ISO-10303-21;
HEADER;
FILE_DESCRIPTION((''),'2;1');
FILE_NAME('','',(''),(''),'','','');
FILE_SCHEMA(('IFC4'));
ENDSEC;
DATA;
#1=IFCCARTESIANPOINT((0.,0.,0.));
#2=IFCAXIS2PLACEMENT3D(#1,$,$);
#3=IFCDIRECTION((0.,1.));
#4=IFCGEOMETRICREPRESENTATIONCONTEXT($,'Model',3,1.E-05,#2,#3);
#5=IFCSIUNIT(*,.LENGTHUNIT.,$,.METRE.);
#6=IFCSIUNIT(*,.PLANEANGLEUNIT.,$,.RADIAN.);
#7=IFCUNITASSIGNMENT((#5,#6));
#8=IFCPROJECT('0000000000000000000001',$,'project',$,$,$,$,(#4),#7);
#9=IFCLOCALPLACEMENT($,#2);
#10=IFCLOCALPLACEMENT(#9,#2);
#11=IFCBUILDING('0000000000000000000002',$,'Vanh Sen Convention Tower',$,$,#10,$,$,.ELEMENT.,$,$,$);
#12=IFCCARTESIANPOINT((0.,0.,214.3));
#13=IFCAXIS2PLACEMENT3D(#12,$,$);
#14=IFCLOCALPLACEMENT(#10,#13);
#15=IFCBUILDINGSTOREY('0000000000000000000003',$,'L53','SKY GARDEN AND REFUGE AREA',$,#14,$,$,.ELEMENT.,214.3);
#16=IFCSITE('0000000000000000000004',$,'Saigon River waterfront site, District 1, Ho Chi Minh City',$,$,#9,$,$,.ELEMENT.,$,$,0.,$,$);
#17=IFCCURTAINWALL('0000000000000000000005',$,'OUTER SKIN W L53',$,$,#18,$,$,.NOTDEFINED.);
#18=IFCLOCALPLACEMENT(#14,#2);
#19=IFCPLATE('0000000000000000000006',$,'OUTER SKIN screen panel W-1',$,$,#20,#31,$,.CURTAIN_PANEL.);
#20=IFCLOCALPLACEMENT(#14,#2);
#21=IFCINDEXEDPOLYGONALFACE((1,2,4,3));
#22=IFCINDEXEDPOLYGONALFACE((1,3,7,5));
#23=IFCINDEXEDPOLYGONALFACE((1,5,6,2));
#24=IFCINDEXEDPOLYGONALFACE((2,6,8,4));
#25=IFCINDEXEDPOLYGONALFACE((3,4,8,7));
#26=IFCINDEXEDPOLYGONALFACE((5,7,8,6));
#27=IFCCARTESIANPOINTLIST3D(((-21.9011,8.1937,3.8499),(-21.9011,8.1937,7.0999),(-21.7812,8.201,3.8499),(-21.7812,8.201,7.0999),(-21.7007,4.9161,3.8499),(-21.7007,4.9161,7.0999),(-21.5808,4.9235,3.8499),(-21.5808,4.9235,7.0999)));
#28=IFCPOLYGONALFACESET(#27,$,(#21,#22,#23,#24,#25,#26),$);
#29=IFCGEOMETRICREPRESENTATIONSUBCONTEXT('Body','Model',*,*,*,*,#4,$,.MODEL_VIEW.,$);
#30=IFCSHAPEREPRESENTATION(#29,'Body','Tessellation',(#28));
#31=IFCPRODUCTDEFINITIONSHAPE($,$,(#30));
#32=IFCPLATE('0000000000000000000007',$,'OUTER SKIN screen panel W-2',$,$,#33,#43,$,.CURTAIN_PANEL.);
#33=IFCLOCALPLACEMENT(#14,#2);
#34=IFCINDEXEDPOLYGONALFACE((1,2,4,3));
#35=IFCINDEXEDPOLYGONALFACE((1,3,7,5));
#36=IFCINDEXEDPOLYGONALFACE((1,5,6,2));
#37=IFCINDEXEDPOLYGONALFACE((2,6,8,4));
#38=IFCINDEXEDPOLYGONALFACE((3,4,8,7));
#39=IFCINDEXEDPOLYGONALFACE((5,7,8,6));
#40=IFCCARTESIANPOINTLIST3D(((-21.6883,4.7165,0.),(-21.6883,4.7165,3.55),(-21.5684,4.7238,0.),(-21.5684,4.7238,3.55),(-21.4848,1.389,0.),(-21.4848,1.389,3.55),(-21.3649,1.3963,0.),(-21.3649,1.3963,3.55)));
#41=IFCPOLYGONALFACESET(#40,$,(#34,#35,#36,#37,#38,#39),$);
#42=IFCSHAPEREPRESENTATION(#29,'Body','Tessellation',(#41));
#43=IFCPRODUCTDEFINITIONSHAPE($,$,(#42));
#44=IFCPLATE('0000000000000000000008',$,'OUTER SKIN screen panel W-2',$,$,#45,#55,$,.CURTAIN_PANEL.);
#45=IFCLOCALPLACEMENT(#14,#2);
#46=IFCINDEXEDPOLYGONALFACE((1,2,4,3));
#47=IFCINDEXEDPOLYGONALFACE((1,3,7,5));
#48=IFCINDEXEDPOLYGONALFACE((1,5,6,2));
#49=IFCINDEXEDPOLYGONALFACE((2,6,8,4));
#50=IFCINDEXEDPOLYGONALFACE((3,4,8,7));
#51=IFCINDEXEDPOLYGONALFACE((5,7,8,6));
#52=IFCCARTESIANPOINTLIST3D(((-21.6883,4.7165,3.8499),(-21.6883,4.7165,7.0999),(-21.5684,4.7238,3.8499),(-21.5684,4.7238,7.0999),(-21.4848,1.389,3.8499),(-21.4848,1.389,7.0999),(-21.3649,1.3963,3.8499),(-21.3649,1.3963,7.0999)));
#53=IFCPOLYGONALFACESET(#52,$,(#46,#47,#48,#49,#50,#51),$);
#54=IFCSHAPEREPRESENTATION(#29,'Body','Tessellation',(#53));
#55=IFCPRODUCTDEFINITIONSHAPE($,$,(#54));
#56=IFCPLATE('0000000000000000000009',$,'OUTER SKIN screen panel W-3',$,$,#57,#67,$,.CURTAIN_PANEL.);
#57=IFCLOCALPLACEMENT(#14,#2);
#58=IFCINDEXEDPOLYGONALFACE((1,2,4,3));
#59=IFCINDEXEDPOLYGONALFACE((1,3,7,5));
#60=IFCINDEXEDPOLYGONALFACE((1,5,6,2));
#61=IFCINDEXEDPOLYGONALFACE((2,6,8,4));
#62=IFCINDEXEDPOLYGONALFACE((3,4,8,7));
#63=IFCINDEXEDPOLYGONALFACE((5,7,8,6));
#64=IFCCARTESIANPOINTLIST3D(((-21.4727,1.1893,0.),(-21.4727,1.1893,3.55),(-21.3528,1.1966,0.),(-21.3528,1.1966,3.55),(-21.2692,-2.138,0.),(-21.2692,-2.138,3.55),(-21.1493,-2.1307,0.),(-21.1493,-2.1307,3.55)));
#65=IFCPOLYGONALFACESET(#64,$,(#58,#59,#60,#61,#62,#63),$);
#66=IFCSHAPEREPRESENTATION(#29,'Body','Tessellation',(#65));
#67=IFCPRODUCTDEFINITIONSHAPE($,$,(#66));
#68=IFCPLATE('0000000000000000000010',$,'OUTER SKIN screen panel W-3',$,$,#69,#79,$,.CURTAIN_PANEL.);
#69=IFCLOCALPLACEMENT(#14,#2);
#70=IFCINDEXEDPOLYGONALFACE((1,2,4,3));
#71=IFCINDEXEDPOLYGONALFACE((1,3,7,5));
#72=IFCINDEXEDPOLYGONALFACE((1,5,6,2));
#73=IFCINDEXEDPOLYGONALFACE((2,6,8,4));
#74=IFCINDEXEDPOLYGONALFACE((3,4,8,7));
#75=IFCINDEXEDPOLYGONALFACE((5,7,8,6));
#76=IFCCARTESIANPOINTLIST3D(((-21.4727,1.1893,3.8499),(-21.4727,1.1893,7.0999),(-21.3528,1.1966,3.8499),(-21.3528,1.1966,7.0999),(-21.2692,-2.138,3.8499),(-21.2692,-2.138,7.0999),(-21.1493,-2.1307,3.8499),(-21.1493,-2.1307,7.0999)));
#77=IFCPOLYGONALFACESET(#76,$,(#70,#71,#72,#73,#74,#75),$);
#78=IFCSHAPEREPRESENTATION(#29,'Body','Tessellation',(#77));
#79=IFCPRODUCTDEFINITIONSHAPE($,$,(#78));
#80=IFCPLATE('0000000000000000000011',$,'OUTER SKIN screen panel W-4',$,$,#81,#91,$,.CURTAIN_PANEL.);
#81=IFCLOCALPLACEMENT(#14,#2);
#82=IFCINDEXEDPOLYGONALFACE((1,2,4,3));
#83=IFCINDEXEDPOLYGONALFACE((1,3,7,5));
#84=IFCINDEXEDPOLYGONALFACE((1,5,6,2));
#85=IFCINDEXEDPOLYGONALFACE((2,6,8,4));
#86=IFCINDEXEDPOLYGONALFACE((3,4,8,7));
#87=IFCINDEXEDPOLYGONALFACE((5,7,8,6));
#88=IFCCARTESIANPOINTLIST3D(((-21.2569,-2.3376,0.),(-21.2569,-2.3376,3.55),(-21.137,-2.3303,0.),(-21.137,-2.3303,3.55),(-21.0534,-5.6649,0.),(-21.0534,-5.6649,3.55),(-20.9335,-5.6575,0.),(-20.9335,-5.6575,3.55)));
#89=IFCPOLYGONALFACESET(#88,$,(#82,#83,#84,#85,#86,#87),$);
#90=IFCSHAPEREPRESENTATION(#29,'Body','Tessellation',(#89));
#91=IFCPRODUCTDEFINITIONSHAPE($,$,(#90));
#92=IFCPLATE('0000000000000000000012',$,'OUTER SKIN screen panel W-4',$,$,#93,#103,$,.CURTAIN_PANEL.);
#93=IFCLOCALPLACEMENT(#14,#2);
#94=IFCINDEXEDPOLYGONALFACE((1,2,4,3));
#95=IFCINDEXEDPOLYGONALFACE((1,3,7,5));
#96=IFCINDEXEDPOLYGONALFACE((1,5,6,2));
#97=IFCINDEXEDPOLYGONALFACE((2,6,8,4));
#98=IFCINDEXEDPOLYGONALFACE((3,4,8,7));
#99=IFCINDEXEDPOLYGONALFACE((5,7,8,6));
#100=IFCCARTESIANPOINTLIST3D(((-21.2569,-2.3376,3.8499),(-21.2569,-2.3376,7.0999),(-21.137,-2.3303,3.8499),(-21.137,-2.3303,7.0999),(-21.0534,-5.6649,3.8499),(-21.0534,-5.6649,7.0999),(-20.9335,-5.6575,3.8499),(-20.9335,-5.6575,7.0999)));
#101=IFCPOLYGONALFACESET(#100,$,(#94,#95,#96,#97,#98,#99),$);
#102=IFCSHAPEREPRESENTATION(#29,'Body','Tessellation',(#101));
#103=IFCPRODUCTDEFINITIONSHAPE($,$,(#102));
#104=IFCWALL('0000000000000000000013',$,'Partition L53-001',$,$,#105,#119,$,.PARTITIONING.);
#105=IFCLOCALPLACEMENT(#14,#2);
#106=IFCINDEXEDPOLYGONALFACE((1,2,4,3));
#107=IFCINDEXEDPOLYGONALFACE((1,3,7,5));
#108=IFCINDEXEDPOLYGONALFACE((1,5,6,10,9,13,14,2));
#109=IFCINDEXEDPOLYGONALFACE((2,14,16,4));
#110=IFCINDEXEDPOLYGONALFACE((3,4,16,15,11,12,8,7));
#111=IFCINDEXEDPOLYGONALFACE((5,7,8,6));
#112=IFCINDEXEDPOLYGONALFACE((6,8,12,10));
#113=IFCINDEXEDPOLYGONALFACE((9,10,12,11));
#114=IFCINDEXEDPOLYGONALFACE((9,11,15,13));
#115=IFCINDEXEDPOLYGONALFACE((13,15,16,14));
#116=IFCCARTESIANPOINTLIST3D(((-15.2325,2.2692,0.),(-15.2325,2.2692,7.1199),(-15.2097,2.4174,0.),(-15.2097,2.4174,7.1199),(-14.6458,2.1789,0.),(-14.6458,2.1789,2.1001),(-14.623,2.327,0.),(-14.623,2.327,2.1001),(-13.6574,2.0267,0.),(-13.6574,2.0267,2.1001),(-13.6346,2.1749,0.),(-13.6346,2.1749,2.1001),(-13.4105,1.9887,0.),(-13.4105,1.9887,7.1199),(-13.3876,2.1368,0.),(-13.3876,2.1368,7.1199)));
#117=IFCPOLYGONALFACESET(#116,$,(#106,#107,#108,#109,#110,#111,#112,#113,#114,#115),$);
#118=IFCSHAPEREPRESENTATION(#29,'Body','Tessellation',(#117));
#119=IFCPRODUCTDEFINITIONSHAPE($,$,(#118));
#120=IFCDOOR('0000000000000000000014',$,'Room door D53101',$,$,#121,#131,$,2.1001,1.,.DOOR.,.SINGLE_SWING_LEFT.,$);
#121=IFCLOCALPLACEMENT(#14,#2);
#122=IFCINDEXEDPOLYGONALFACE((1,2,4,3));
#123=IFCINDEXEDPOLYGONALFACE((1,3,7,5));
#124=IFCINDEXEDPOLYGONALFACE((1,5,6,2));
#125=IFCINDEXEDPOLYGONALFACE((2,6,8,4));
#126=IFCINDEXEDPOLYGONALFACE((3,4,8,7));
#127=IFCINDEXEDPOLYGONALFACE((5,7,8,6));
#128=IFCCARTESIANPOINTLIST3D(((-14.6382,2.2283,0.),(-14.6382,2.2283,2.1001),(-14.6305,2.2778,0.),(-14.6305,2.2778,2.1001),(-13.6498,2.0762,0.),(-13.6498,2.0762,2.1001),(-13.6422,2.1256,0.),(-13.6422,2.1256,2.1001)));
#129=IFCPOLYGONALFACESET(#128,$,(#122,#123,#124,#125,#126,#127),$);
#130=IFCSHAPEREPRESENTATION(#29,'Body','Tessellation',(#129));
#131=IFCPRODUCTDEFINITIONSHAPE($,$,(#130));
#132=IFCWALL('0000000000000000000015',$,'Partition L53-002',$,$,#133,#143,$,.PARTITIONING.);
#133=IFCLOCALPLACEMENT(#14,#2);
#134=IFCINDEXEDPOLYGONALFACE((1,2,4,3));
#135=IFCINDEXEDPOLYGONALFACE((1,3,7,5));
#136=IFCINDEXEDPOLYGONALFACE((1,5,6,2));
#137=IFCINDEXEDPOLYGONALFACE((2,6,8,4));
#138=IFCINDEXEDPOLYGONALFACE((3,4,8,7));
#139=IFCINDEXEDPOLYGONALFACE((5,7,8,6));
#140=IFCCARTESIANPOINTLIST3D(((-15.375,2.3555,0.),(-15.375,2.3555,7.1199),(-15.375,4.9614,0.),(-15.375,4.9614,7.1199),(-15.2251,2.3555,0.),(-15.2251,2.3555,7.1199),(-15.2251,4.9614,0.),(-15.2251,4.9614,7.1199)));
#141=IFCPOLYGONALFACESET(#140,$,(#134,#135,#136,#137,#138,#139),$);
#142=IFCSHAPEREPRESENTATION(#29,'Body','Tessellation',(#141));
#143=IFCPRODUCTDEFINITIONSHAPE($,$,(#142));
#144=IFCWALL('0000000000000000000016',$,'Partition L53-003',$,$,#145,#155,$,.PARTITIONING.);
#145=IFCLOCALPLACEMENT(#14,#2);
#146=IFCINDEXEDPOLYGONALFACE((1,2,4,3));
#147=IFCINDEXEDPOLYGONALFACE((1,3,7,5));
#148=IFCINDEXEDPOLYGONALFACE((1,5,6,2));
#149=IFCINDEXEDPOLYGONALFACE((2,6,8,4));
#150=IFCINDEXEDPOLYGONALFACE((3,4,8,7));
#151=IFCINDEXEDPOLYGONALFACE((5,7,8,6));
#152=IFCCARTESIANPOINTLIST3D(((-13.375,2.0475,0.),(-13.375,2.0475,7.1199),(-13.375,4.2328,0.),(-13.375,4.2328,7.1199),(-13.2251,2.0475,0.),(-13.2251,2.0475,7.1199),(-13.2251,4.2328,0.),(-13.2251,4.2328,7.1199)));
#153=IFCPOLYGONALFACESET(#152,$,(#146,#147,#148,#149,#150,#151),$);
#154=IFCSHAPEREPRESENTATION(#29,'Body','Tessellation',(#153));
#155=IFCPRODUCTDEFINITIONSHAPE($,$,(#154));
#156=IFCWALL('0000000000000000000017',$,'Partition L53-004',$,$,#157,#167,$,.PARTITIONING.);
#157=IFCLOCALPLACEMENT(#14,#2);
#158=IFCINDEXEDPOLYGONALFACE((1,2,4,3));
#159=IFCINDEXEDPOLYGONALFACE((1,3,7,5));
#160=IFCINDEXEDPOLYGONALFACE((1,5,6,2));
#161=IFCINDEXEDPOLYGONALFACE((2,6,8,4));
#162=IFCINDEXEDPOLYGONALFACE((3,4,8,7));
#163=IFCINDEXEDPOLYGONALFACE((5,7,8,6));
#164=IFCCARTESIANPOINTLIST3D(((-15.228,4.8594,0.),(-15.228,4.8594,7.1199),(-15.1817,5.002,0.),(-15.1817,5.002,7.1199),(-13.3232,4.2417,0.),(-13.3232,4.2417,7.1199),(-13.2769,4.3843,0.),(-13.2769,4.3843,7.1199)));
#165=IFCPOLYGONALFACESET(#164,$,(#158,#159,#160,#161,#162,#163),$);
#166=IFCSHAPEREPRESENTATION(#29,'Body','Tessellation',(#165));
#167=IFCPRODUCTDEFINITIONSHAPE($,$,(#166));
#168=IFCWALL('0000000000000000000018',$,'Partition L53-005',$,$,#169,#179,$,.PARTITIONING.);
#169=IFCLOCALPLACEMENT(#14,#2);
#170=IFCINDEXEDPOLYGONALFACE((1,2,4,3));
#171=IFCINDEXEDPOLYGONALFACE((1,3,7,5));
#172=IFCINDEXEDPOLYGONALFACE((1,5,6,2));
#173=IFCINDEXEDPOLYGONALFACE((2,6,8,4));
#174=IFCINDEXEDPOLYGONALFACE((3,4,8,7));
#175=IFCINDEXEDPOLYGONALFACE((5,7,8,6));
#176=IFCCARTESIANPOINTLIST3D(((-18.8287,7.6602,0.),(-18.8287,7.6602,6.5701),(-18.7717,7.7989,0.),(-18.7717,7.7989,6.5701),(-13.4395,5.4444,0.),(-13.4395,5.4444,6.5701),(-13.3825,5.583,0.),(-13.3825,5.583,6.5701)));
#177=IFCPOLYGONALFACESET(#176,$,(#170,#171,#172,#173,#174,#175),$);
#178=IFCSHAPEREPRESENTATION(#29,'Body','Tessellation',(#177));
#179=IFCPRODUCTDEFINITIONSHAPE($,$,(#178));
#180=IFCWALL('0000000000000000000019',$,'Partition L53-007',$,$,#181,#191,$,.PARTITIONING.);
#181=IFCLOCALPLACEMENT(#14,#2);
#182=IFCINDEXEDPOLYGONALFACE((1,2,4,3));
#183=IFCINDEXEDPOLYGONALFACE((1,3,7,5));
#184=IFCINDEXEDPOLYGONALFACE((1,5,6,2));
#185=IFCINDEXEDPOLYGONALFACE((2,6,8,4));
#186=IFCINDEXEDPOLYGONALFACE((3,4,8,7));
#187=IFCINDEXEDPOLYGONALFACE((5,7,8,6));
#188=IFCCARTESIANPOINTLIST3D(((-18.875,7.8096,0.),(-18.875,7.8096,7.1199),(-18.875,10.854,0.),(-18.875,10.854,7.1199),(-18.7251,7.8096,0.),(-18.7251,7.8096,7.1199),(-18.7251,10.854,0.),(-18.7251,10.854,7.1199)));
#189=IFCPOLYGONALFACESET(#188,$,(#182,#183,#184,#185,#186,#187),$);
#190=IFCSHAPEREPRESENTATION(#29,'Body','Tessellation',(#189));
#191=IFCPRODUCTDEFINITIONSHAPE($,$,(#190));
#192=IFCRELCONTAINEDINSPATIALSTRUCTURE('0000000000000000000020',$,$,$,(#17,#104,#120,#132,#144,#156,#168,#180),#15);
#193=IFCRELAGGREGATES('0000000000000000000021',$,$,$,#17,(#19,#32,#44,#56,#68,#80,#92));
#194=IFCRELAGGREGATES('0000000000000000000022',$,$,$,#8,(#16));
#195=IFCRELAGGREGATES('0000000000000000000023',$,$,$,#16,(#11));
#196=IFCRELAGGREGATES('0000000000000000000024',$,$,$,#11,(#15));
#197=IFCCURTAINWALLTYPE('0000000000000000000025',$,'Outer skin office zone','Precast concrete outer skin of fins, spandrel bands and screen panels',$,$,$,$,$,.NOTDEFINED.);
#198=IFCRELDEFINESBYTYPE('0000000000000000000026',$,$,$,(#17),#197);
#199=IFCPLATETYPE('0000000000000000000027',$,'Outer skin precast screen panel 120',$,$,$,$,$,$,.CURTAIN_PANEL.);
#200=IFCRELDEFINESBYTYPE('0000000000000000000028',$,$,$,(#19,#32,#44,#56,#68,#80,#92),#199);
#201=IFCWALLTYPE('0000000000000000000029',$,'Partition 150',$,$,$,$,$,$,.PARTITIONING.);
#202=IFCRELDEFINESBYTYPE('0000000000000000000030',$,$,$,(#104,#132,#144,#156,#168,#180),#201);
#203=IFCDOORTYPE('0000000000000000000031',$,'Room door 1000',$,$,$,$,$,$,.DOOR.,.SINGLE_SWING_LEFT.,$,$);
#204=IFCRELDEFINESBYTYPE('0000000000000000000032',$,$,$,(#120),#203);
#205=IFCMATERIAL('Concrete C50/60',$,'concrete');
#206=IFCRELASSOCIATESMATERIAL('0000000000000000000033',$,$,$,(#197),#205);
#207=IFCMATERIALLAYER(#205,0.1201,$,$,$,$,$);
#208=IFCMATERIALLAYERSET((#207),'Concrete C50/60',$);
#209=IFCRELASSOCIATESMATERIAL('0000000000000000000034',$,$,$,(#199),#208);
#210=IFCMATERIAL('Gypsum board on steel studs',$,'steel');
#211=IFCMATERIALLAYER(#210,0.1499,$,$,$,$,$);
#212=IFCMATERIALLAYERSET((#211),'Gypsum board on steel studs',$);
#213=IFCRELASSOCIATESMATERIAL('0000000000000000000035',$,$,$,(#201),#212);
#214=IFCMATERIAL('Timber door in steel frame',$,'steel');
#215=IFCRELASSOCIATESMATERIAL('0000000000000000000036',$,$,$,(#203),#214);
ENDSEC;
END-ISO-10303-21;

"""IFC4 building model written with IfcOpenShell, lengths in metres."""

from ifc_helpers import new_model, si_unit, direction, frame, frame_2d, origin, origin_2d, place, context, subcontext, project, spatial, rectangle, extrude, material, layer, layer_set, type_object, element, fill, aggregate, save


model = new_model("IFC4")

# Units and contexts
model_context = context("Model", 3, precision=1e-05, world=origin(), true_north=direction((0.0, 1.0)))
body_context = subcontext(model_context, "Body", "Model", "MODEL_VIEW")
ifc_project = project(units=[si_unit("LENGTHUNIT", "METRE"), si_unit("PLANEANGLEUNIT", "RADIAN")], contexts=[model_context])

# Site, building, storey
site_placement = place(None, origin())
site = spatial("IfcSite", under=ifc_project, at=site_placement, Name="Saigon River waterfront site, District 1, Ho Chi Minh City", CompositionType="ELEMENT", RefElevation=0.0)
building_placement = place(site_placement, origin())
building = spatial("IfcBuilding", under=site, at=building_placement, Name="Vanh Sen Convention Tower", CompositionType="ELEMENT")
storey_placement = place(building_placement, frame((0.0, 0.0, 214.3)))
storey = spatial("IfcBuildingStorey", under=building, at=storey_placement, Name="L53", Description="SKY GARDEN AND REFUGE AREA", CompositionType="ELEMENT", Elevation=214.3)

# Curtain wall
ifc_material_1 = material(Name="Concrete C50/60", Category="concrete")
curtain_wall_type = type_object("IfcCurtainWallType", Name="Outer skin office zone", Description="Precast concrete outer skin of fins, spandrel bands and screen panels", PredefinedType="NOTDEFINED", material=ifc_material_1)
curtain_wall_placement = place(storey_placement, origin())
curtain_wall = element("IfcCurtainWall", 1, at=curtain_wall_placement, inside=storey, type_object=curtain_wall_type, Name="OUTER SKIN W L53", PredefinedType="NOTDEFINED")

# Plates
ifc_layer_1 = layer(ifc_material_1, 0.1201)
ifc_layer_set_1 = layer_set([ifc_layer_1], Name="Concrete C50/60")
plate_type = type_object("IfcPlateType", Name="Outer skin precast screen panel 120", PredefinedType="CURTAIN_PANEL", material=ifc_layer_set_1)
plate_1_placement = place(storey_placement, frame((-21.741, 6.5586, 3.8499), z_axis=(0.0, 0.0, 1.0), x_axis=(0.061043, -0.998135, 0.0)))
plate_1 = element("IfcPlate", 2, at=plate_1_placement, type_object=plate_type, Name="OUTER SKIN screen panel W-1", PredefinedType="CURTAIN_PANEL", context=body_context, shape_type="SweptSolid", body=[
    extrude(rectangle(XDim=3.2837, YDim=0.1201, at=origin_2d()), origin(), (0.0, 0.0, 1.0), 3.25),
])
plate_2_placement = place(storey_placement, frame((-21.5266, 3.0564, 0.0), z_axis=(0.0, 0.0, 1.0), x_axis=(0.061042, -0.998135, 0.0)))
plate_2 = element("IfcPlate", 3, at=plate_2_placement, type_object=plate_type, Name="OUTER SKIN screen panel W-2", PredefinedType="CURTAIN_PANEL", context=body_context, shape_type="SweptSolid", body=[
    extrude(rectangle(XDim=3.3337, YDim=0.1201, at=origin_2d()), origin(), (0.0, 0.0, 1.0), 3.55),
])
plate_3_placement = place(storey_placement, frame((-21.5266, 3.0564, 3.8499), z_axis=(0.0, 0.0, 1.0), x_axis=(0.061042, -0.998135, 0.0)))
plate_3 = element("IfcPlate", 4, at=plate_3_placement, type_object=plate_type, Name="OUTER SKIN screen panel W-2", PredefinedType="CURTAIN_PANEL", context=body_context, shape_type="SweptSolid", body=[
    extrude(rectangle(XDim=3.3337, YDim=0.1201, at=origin_2d()), origin(), (0.0, 0.0, 1.0), 3.25),
])
plate_4_placement = place(storey_placement, frame((-21.311, -0.4707, 0.0), z_axis=(0.0, 0.0, 1.0), x_axis=(0.061043, -0.998135, 0.0)))
plate_4 = element("IfcPlate", 5, at=plate_4_placement, type_object=plate_type, Name="OUTER SKIN screen panel W-3", PredefinedType="CURTAIN_PANEL", context=body_context, shape_type="SweptSolid", body=[
    extrude(rectangle(XDim=3.3335, YDim=0.1201, at=origin_2d()), origin(), (0.0, 0.0, 1.0), 3.55),
])
plate_5_placement = place(storey_placement, frame((-21.311, -0.4707, 3.8499), z_axis=(0.0, 0.0, 1.0), x_axis=(0.061043, -0.998135, 0.0)))
plate_5 = element("IfcPlate", 6, at=plate_5_placement, type_object=plate_type, Name="OUTER SKIN screen panel W-3", PredefinedType="CURTAIN_PANEL", context=body_context, shape_type="SweptSolid", body=[
    extrude(rectangle(XDim=3.3335, YDim=0.1201, at=origin_2d()), origin(), (0.0, 0.0, 1.0), 3.25),
])
plate_6_placement = place(storey_placement, frame((-21.0952, -3.9976, 0.0), z_axis=(0.0, 0.0, 1.0), x_axis=(0.061043, -0.998135, 0.0)))
plate_6 = element("IfcPlate", 7, at=plate_6_placement, type_object=plate_type, Name="OUTER SKIN screen panel W-4", PredefinedType="CURTAIN_PANEL", context=body_context, shape_type="SweptSolid", body=[
    extrude(rectangle(XDim=3.3335, YDim=0.1201, at=origin_2d()), origin(), (0.0, 0.0, 1.0), 3.55),
])
plate_7_placement = place(storey_placement, frame((-21.0952, -3.9976, 3.8499), z_axis=(0.0, 0.0, 1.0), x_axis=(0.061043, -0.998135, 0.0)))
plate_7 = element("IfcPlate", 8, at=plate_7_placement, type_object=plate_type, Name="OUTER SKIN screen panel W-4", PredefinedType="CURTAIN_PANEL", context=body_context, shape_type="SweptSolid", body=[
    extrude(rectangle(XDim=3.3335, YDim=0.1201, at=origin_2d()), origin(), (0.0, 0.0, 1.0), 3.25),
])
aggregate(curtain_wall, [plate_1, plate_2, plate_3, plate_4, plate_5, plate_6, plate_7])

# Wall, opening, door
ifc_material_2 = material(Name="Gypsum board on steel studs", Category="steel")
ifc_layer_2 = layer(ifc_material_2, 0.1499)
ifc_layer_set_2 = layer_set([ifc_layer_2], Name="Gypsum board on steel studs")
wall_type = type_object("IfcWallType", Name="Partition 150", PredefinedType="PARTITIONING", material=ifc_layer_set_2)
wall_1_placement = place(storey_placement, frame((-13.3989, 2.0627, 0.0), z_axis=(0.0, 0.0, 1.0), x_axis=(-0.988355, 0.152167, 0.0)))
wall_1 = element("IfcWall", 9, at=wall_1_placement, inside=storey, type_object=wall_type, Name="Partition L53-001", PredefinedType="PARTITIONING", context=body_context, shape_type="SweptSolid", body=[
    extrude(rectangle(XDim=1.8435, YDim=0.1499, at=frame_2d((0.9219, 0.0))), origin(), (0.0, 0.0, 1.0), 7.1199),
])
opening_placement = place(wall_1_placement, frame((0.25, 0.0, 0.0)))
opening = element("IfcOpeningElement", 10, at=opening_placement, cuts=wall_1, PredefinedType="OPENING", context=body_context, shape_type="SweptSolid", body=[
    extrude(rectangle(XDim=1.0, YDim=2.1001, at=frame_2d((0.5, 1.05))), frame((0.0, 0.085, 0.0), z_axis=(0.0, -1.0, 0.0), x_axis=(1.0, 0.0, 0.0)), (0.0, 0.0, 1.0), 0.1699),
])
ifc_material_3 = material(Name="Timber door in steel frame", Category="steel")
door_type = type_object("IfcDoorType", Name="Room door 1000", OperationType="SINGLE_SWING_LEFT", PredefinedType="DOOR", material=ifc_material_3)
door_placement = place(opening_placement, origin())
door = element("IfcDoor", 11, at=door_placement, inside=storey, type_object=door_type, Name="Room door D53101", OperationType="SINGLE_SWING_LEFT", OverallHeight=2.1001, OverallWidth=1.0, PredefinedType="DOOR", context=body_context, shape_type="SweptSolid", body=[
    extrude(rectangle(XDim=1.0, YDim=2.1001, at=frame_2d((0.5, 1.05))), frame((0.0, 0.0249, 0.0), z_axis=(0.0, -1.0, 0.0), x_axis=(1.0, 0.0, 0.0)), (0.0, 0.0, 1.0), 0.05),
])
fill(opening, door)

# Walls
wall_2_placement = place(storey_placement, frame((-15.3, 2.3555, 0.0), z_axis=(0.0, 0.0, 1.0), x_axis=(0.0, 1.0, 0.0)))
element("IfcWall", 12, at=wall_2_placement, inside=storey, type_object=wall_type, Name="Partition L53-002", PredefinedType="PARTITIONING", context=body_context, shape_type="SweptSolid", body=[
    extrude(rectangle(XDim=2.606, YDim=0.1499, at=frame_2d((1.303, 0.0))), origin(), (0.0, 0.0, 1.0), 7.1199),
])
wall_3_placement = place(storey_placement, frame((-13.3, 4.2329, 0.0), z_axis=(0.0, 0.0, 1.0), x_axis=(0.0, -1.0, 0.0)))
element("IfcWall", 13, at=wall_3_placement, inside=storey, type_object=wall_type, Name="Partition L53-003", PredefinedType="PARTITIONING", context=body_context, shape_type="SweptSolid", body=[
    extrude(rectangle(XDim=2.1853, YDim=0.1499, at=frame_2d((1.0928, 0.0))), origin(), (0.0, 0.0, 1.0), 7.1199),
])
wall_4_placement = place(storey_placement, frame((-15.2048, 4.9307, 0.0), z_axis=(0.0, 0.0, 1.0), x_axis=(0.951236, -0.308463, 0.0)))
element("IfcWall", 14, at=wall_4_placement, inside=storey, type_object=wall_type, Name="Partition L53-004", PredefinedType="PARTITIONING", context=body_context, shape_type="SweptSolid", body=[
    extrude(rectangle(XDim=2.0024, YDim=0.1499, at=frame_2d((1.0012, 0.0))), origin(), (0.0, 0.0, 1.0), 7.1199),
])
wall_5_placement = place(storey_placement, frame((-13.4109, 5.5137, 0.0), z_axis=(0.0, 0.0, 1.0), x_axis=(-0.924874, 0.380273, 0.0)))
element("IfcWall", 15, at=wall_5_placement, inside=storey, type_object=wall_type, Name="Partition L53-005", PredefinedType="PARTITIONING", context=body_context, shape_type="SweptSolid", body=[
    extrude(rectangle(XDim=5.8269, YDim=0.1499, at=frame_2d((2.9136, 0.0))), origin(), (0.0, 0.0, 1.0), 6.5701),
])
wall_6_placement = place(storey_placement, frame((-18.8, 7.8096, 0.0), z_axis=(0.0, 0.0, 1.0), x_axis=(0.0, 1.0, 0.0)))
element("IfcWall", 16, at=wall_6_placement, inside=storey, type_object=wall_type, Name="Partition L53-007", PredefinedType="PARTITIONING", context=body_context, shape_type="SweptSolid", body=[
    extrude(rectangle(XDim=3.0444, YDim=0.1499, at=frame_2d((1.5222, 0.0))), origin(), (0.0, 0.0, 1.0), 7.1199),
])

save(model, "model.ifc")
